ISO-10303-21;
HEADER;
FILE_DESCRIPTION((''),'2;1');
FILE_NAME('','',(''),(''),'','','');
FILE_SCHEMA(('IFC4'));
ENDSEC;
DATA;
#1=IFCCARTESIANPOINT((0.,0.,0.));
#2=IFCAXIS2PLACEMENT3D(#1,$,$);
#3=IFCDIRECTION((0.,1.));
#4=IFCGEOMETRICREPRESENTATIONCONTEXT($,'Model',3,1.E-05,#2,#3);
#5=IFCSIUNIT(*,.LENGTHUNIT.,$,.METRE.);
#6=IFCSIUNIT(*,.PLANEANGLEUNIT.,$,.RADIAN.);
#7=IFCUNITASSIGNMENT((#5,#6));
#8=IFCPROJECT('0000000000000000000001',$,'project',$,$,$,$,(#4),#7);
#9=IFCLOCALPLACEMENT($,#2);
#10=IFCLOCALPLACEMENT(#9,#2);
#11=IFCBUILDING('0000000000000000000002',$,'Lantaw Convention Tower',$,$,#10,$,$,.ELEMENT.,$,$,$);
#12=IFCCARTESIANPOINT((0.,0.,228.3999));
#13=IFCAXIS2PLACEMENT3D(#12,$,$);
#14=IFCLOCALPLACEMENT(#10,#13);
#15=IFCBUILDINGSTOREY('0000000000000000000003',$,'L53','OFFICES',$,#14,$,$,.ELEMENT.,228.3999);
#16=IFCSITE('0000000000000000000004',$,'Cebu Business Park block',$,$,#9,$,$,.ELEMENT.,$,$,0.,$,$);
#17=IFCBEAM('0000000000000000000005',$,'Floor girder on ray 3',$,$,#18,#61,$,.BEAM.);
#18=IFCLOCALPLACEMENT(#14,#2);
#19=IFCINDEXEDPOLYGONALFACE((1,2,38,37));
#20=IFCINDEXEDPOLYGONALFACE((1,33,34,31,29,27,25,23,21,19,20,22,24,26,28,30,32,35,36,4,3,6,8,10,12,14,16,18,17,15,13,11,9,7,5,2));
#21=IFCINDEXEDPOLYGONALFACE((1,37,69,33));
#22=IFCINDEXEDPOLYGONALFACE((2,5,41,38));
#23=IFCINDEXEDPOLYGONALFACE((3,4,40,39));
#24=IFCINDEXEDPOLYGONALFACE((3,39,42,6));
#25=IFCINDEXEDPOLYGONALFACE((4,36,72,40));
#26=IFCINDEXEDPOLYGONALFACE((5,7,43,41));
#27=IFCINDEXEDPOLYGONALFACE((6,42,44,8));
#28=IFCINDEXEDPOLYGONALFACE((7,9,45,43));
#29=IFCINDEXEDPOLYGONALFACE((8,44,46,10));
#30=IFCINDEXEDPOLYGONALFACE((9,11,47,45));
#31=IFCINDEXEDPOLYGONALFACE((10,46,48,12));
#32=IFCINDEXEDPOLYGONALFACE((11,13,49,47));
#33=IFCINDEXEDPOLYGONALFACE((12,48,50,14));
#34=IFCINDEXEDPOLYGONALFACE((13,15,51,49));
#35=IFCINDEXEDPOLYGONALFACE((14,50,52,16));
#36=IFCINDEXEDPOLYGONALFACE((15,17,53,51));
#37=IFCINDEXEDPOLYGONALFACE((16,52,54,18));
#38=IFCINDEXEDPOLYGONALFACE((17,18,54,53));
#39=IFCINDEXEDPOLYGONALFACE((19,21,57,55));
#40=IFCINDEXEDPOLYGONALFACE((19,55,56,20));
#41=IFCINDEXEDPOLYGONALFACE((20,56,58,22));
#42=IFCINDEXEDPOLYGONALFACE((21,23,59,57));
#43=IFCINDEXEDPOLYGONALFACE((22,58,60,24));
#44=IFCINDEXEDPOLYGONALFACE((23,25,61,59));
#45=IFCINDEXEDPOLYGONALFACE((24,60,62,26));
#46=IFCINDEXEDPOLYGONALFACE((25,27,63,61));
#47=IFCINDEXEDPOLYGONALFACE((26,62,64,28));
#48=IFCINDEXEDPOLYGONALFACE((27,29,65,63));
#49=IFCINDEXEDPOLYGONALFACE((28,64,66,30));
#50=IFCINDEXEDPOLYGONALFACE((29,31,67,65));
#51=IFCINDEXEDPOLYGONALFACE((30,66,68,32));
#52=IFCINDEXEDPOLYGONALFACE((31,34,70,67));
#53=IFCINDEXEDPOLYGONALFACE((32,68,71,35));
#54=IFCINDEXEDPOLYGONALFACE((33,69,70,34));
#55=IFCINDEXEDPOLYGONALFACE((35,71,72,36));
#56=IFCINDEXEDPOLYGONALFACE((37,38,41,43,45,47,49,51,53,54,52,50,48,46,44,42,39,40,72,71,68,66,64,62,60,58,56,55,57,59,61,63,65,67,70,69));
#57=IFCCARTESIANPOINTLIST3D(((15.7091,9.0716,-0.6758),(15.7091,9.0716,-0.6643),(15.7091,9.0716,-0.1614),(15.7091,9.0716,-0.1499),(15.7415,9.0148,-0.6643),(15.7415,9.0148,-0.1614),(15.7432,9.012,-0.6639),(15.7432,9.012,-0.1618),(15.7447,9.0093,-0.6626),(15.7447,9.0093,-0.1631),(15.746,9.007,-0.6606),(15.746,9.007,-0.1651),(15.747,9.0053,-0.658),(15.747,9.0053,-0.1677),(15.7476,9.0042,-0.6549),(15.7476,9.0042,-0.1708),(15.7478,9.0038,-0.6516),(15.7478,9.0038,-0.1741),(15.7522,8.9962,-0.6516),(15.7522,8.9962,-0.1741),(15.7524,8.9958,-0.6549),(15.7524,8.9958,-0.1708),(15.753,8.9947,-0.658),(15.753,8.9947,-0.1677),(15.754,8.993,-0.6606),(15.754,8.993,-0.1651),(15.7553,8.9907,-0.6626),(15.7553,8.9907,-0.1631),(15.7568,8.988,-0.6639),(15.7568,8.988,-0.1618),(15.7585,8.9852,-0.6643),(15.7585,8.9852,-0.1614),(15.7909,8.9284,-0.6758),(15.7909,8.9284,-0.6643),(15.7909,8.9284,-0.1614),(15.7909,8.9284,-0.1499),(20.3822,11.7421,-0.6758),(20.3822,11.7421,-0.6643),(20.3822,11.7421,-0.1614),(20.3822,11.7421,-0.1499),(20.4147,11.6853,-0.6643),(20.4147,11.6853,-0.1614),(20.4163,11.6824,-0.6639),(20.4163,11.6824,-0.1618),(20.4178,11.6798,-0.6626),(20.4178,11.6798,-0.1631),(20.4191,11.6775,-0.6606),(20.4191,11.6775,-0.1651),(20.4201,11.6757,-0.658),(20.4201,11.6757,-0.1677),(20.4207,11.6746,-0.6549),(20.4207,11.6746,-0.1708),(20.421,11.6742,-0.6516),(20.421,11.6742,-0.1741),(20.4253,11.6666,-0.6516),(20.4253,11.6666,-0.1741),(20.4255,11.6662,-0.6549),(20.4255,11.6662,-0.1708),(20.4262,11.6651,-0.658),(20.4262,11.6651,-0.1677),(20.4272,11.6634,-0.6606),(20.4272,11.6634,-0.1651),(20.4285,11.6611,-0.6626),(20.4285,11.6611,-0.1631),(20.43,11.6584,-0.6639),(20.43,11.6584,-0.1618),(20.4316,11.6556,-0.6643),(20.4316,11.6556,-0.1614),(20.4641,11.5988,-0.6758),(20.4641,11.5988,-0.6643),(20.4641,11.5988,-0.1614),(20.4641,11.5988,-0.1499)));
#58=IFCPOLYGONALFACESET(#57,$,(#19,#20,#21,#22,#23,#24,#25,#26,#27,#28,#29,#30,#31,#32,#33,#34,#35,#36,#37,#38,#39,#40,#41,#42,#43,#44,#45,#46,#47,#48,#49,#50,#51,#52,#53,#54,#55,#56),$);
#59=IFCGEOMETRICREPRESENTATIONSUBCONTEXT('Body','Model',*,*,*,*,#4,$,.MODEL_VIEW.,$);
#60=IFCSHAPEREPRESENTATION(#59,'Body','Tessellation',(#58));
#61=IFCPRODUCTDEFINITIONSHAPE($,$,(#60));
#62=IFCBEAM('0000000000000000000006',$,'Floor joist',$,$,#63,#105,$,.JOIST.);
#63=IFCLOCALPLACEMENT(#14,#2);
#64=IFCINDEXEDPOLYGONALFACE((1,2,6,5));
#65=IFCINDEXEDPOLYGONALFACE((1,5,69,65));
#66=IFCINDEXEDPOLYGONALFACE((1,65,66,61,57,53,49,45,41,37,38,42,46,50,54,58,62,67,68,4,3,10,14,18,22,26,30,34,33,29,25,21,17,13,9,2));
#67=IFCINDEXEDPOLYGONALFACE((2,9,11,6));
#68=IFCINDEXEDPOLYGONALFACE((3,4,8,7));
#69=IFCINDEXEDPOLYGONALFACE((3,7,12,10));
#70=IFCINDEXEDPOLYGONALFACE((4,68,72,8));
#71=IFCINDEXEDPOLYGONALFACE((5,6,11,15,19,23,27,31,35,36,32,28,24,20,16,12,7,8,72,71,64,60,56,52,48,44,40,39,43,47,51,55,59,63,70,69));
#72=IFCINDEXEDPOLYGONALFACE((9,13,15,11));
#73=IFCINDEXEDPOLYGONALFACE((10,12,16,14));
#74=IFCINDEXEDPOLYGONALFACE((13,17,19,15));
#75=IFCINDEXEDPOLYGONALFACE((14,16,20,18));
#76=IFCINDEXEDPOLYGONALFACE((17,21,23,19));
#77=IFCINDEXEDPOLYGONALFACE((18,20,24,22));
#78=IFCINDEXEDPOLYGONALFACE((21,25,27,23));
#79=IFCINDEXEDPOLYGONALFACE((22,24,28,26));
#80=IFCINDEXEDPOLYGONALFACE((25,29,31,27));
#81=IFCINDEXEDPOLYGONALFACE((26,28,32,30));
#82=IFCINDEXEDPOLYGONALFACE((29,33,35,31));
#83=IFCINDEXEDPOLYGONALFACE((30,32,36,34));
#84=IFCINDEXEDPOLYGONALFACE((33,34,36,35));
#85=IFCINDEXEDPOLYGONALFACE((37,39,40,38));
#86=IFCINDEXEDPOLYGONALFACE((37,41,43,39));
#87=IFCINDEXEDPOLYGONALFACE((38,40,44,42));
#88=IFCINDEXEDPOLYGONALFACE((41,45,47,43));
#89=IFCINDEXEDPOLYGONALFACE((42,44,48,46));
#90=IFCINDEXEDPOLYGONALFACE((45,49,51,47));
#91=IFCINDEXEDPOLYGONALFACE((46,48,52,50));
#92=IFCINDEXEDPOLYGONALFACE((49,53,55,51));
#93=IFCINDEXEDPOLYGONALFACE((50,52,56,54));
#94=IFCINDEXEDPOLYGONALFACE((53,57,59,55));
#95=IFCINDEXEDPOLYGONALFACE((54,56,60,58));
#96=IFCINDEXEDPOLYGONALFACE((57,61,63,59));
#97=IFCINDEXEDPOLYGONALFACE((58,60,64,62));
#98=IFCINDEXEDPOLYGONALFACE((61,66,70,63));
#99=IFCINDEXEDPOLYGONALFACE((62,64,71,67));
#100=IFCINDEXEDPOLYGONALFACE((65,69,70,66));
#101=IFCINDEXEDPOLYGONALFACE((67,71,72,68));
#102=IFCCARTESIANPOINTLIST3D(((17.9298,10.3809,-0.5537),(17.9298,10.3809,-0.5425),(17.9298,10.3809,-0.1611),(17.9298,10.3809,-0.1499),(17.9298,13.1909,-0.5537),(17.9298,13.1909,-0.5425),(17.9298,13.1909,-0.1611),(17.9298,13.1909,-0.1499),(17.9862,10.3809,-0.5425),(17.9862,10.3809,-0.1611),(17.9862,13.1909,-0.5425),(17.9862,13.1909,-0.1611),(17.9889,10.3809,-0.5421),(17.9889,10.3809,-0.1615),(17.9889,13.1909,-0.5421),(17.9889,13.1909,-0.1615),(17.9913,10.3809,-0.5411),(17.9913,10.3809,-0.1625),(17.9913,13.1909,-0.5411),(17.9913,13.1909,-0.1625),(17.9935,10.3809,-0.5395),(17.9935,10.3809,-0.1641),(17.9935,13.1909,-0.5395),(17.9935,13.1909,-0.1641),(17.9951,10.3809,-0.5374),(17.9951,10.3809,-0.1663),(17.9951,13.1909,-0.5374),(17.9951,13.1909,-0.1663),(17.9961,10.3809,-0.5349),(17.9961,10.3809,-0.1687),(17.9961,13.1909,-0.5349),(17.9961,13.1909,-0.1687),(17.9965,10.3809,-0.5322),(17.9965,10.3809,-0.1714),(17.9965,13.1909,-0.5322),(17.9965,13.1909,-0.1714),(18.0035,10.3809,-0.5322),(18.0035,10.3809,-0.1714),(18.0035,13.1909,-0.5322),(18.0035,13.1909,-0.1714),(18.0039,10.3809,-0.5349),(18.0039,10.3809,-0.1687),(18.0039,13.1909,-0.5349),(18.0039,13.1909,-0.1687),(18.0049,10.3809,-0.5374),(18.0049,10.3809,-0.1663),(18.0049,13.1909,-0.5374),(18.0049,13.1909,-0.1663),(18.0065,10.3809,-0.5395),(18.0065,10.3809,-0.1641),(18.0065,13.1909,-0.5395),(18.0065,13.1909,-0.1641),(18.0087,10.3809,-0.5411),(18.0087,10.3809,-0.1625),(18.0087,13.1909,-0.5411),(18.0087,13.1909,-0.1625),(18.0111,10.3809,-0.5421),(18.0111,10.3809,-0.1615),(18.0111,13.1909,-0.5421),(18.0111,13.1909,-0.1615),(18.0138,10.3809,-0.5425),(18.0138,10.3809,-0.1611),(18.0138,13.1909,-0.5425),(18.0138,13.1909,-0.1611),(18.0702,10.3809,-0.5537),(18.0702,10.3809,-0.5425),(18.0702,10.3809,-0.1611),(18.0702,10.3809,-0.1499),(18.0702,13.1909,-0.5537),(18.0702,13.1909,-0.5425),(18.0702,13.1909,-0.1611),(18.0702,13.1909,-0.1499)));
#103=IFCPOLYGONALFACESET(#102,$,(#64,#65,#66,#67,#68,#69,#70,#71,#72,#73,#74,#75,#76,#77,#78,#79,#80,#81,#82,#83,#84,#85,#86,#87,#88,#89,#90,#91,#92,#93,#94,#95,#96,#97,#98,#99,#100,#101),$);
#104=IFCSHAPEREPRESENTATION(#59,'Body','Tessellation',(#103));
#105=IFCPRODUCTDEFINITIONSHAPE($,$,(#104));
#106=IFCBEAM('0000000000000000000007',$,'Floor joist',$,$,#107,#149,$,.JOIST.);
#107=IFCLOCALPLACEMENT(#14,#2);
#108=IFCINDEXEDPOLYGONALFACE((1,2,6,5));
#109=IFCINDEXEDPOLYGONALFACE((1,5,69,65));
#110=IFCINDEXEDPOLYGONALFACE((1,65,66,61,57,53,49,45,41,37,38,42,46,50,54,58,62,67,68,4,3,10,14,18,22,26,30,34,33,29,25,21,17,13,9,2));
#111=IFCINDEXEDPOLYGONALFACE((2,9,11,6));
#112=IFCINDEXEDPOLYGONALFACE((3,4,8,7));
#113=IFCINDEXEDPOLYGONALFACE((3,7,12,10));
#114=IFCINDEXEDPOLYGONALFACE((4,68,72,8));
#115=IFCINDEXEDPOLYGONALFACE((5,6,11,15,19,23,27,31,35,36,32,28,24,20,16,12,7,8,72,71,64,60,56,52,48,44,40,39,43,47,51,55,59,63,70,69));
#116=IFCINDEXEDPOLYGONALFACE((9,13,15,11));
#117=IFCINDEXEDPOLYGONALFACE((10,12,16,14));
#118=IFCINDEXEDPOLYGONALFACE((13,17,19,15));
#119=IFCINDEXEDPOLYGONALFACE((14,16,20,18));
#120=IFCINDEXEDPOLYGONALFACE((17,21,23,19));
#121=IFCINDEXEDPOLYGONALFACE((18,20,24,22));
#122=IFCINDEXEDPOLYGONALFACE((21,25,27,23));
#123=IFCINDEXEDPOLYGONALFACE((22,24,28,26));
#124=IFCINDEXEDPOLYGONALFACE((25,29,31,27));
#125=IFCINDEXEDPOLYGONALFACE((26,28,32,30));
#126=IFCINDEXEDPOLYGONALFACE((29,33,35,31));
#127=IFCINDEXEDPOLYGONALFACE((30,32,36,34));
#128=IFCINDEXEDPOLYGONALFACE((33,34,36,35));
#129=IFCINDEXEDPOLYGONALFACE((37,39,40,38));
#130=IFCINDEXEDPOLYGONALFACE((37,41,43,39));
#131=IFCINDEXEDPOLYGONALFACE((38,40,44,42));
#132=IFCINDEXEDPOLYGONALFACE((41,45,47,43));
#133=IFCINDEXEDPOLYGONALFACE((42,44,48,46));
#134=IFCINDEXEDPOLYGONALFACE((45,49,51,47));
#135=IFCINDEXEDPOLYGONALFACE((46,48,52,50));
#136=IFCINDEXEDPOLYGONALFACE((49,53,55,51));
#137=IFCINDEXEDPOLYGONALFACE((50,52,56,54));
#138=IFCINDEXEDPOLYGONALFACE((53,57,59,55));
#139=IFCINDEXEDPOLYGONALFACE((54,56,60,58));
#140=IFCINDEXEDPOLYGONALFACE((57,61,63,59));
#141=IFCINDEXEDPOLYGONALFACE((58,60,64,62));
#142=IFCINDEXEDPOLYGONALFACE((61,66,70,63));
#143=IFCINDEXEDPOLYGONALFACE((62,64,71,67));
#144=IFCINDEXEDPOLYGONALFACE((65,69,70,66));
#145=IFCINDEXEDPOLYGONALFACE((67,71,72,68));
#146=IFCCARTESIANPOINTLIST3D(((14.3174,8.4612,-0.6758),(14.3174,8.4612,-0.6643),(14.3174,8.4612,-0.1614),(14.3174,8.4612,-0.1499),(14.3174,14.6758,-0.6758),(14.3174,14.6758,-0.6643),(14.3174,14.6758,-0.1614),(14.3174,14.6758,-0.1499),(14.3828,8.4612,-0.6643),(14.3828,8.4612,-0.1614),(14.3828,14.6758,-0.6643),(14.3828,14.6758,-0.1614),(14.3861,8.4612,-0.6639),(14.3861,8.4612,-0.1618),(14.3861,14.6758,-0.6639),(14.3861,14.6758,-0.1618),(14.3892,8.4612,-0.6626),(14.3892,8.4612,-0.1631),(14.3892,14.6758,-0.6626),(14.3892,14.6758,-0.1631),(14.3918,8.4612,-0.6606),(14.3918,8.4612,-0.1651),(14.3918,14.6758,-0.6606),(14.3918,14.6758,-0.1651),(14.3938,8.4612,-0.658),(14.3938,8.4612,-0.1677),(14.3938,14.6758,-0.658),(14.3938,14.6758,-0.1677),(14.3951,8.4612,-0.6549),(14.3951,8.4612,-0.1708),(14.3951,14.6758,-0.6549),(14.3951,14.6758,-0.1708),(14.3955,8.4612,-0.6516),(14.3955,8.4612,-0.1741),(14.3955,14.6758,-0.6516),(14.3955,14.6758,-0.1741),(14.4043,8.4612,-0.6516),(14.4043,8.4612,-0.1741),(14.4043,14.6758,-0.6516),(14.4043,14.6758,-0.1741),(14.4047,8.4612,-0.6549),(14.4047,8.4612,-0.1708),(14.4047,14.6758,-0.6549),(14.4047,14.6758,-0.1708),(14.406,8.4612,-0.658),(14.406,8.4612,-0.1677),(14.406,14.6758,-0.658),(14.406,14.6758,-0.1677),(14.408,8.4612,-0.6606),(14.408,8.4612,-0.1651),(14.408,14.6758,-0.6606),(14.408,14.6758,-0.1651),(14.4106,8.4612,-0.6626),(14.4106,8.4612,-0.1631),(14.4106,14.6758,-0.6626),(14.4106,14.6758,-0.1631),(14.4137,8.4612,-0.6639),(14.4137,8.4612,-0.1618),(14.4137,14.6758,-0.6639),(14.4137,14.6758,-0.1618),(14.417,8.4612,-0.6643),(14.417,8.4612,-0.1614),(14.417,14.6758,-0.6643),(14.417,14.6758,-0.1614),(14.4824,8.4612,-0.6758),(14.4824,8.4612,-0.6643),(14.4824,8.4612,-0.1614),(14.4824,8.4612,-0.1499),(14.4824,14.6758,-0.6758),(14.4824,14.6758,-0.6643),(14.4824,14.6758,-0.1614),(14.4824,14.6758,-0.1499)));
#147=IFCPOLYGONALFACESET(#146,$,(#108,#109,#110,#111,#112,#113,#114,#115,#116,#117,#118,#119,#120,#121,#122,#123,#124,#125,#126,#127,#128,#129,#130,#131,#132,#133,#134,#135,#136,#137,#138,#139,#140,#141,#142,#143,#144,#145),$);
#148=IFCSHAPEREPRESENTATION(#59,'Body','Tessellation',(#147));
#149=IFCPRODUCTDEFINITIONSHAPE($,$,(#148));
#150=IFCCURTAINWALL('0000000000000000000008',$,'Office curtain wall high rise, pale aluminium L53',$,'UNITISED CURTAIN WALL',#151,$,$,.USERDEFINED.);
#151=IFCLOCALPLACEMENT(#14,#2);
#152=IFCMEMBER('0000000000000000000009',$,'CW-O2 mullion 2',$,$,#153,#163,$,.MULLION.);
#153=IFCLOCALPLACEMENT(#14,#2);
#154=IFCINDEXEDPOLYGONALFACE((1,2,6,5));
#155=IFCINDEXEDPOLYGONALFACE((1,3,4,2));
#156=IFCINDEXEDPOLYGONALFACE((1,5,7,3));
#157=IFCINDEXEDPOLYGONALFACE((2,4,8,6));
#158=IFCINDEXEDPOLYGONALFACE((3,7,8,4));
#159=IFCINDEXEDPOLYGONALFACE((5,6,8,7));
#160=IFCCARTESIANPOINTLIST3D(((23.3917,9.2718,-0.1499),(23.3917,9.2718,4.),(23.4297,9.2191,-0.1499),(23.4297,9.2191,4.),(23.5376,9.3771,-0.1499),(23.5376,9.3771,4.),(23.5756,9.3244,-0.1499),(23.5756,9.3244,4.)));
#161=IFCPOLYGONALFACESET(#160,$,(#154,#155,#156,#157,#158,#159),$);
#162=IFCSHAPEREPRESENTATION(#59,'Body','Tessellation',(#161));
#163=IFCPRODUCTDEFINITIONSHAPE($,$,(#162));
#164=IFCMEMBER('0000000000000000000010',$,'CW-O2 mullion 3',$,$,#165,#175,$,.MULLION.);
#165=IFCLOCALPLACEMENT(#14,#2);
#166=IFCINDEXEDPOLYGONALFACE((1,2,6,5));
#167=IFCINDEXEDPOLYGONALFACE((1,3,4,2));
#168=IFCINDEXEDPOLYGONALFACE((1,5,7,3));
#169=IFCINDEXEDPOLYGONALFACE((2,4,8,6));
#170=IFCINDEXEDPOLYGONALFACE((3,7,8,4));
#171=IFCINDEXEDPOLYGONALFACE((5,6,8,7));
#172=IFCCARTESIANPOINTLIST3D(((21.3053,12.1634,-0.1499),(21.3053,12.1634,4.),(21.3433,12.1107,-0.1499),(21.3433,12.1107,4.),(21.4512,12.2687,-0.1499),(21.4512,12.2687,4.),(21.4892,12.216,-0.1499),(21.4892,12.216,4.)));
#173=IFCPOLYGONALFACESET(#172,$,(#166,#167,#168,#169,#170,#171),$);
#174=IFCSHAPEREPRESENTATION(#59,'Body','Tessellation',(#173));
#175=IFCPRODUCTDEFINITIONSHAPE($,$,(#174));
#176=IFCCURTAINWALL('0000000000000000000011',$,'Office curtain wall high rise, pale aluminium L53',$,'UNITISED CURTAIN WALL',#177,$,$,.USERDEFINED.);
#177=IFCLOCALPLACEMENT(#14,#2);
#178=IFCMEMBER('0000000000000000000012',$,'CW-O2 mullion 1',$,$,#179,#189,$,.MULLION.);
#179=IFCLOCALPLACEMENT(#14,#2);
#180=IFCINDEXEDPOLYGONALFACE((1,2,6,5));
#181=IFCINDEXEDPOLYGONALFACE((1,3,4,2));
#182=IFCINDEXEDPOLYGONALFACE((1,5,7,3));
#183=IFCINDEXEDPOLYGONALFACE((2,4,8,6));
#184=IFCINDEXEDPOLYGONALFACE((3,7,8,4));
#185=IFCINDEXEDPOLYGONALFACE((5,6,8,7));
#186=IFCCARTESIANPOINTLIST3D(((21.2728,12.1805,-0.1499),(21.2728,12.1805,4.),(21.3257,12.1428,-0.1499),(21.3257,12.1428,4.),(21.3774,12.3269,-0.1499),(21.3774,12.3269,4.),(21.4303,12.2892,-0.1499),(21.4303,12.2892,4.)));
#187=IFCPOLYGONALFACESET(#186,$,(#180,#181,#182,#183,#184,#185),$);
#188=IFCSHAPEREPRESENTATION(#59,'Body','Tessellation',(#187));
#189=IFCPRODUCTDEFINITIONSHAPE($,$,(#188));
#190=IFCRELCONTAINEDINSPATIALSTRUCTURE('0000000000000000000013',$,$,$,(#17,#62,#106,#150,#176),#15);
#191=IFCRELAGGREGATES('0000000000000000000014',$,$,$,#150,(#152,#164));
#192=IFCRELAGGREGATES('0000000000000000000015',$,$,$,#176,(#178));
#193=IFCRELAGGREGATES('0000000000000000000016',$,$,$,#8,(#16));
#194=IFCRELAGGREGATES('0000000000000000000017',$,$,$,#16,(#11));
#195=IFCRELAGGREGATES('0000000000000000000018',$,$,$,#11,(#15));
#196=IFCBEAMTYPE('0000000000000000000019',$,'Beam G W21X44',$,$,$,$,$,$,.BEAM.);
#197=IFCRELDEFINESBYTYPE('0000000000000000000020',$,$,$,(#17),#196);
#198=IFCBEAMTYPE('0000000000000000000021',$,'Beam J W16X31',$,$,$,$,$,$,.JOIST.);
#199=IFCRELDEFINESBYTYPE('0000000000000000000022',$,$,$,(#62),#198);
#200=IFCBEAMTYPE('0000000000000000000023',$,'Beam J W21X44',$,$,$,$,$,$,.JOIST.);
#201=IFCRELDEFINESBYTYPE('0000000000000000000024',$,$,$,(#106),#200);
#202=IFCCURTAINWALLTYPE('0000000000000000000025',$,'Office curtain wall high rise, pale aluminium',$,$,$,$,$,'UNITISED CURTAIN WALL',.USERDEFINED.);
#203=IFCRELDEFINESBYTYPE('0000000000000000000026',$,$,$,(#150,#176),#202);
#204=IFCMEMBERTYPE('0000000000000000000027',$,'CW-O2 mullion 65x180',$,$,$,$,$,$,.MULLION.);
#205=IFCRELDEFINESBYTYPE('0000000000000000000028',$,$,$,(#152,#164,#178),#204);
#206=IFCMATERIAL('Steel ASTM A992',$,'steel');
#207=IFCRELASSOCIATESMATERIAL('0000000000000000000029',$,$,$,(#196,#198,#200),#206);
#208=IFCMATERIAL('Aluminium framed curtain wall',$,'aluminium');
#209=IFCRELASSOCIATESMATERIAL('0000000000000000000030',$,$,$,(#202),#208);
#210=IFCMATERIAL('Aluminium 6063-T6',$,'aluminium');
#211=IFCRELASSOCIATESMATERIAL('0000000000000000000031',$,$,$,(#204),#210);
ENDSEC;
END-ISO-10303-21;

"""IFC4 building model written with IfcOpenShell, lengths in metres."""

from ifc_helpers import new_model, si_unit, direction, frame, origin, origin_2d, place, context, subcontext, project, spatial, rectangle, i_section, extrude, material, material_profile, profile_set, type_object, element, aggregate, save


model = new_model("IFC4")

# Units and contexts
model_context = context("Model", 3, precision=1e-05, world=origin(), true_north=direction((0.0, 1.0)))
body_context = subcontext(model_context, "Body", "Model", "MODEL_VIEW")
ifc_project = project(units=[si_unit("LENGTHUNIT", "METRE"), si_unit("PLANEANGLEUNIT", "RADIAN")], contexts=[model_context])

# Site, building, storey
site_placement = place(None, origin())
site = spatial("IfcSite", under=ifc_project, at=site_placement, Name="Cebu Business Park block", CompositionType="ELEMENT", RefElevation=0.0)
building_placement = place(site_placement, origin())
building = spatial("IfcBuilding", under=site, at=building_placement, Name="Lantaw Convention Tower", CompositionType="ELEMENT")
storey_placement = place(building_placement, frame((0.0, 0.0, 228.3999)))
storey = spatial("IfcBuildingStorey", under=building, at=storey_placement, Name="L53", Description="OFFICES", CompositionType="ELEMENT", Elevation=228.3999)

# Beams
ifc_material_1 = material(Name="Steel ASTM A992", Category="steel")
ifc_material_profile_1 = material_profile(ifc_material_1, i_section(OverallWidth=0.165, OverallDepth=0.5259, WebThickness=0.0088, FlangeThickness=0.0115, FilletRadius=0.0127, at=origin_2d()), Name="W21X44")
ifc_profile_set_1 = profile_set([ifc_material_profile_1], Name="Steel ASTM A992")
beam_type_1 = type_object("IfcBeamType", Name="Beam G W21X44", PredefinedType="BEAM", material=ifc_profile_set_1)
beam_1_placement = place(storey_placement, frame((15.75, 9.0, -0.4128), z_axis=(0.868238, 0.496149, 0.0), x_axis=(-0.496149, 0.868238, 0.0)))
element("IfcBeam", 1, at=beam_1_placement, inside=storey, type_object=beam_type_1, Name="Floor girder on ray 3", PredefinedType="BEAM", context=body_context, shape_type="SweptSolid", body=[
    extrude(i_section(OverallWidth=0.165, OverallDepth=0.5259, WebThickness=0.0088, FlangeThickness=0.0115, FilletRadius=0.0127, at=origin_2d()), origin(), (0.0, 0.0, 1.0), 5.3823),
])
ifc_material_profile_2 = material_profile(ifc_material_1, i_section(OverallWidth=0.1404, OverallDepth=0.4038, WebThickness=0.0071, FlangeThickness=0.0112, FilletRadius=0.0103, at=origin_2d()), Name="W16X31")
ifc_profile_set_2 = profile_set([ifc_material_profile_2], Name="Steel ASTM A992")
beam_type_2 = type_object("IfcBeamType", Name="Beam J W16X31", PredefinedType="JOIST", material=ifc_profile_set_2)
beam_2_placement = place(storey_placement, frame((18.0, 10.3809, -0.3518), z_axis=(0.0, 1.0, 0.0), x_axis=(-1.0, 0.0, 0.0)))
element("IfcBeam", 2, at=beam_2_placement, inside=storey, type_object=beam_type_2, Name="Floor joist", PredefinedType="JOIST", context=body_context, shape_type="SweptSolid", body=[
    extrude(i_section(OverallWidth=0.1404, OverallDepth=0.4038, WebThickness=0.0071, FlangeThickness=0.0112, FilletRadius=0.0103, at=origin_2d()), origin(), (0.0, 0.0, 1.0), 2.8101),
])
ifc_material_profile_3 = material_profile(ifc_material_1, i_section(OverallWidth=0.165, OverallDepth=0.5259, WebThickness=0.0088, FlangeThickness=0.0115, FilletRadius=0.0127, at=origin_2d()), Name="W21X44")
ifc_profile_set_3 = profile_set([ifc_material_profile_3], Name="Steel ASTM A992")
beam_type_3 = type_object("IfcBeamType", Name="Beam J W21X44", PredefinedType="JOIST", material=ifc_profile_set_3)
beam_3_placement = place(storey_placement, frame((14.3999, 8.4612, -0.4128), z_axis=(0.0, 1.0, 0.0), x_axis=(-1.0, 0.0, 0.0)))
element("IfcBeam", 3, at=beam_3_placement, inside=storey, type_object=beam_type_3, Name="Floor joist", PredefinedType="JOIST", context=body_context, shape_type="SweptSolid", body=[
    extrude(i_section(OverallWidth=0.165, OverallDepth=0.5259, WebThickness=0.0088, FlangeThickness=0.0115, FilletRadius=0.0127, at=origin_2d()), origin(), (0.0, 0.0, 1.0), 6.2146),
])

# Curtain walls, members
ifc_material_2 = material(Name="Aluminium framed curtain wall", Category="aluminium")
curtain_wall_type = type_object("IfcCurtainWallType", Name="Office curtain wall high rise, pale aluminium", ElementType="UNITISED CURTAIN WALL", PredefinedType="USERDEFINED", material=ifc_material_2)
curtain_wall_1_placement = place(storey_placement, origin())
curtain_wall_1 = element("IfcCurtainWall", 4, at=curtain_wall_1_placement, inside=storey, type_object=curtain_wall_type, Name="Office curtain wall high rise, pale aluminium L53", ObjectType="UNITISED CURTAIN WALL", PredefinedType="USERDEFINED")
ifc_material_3 = material(Name="Aluminium 6063-T6", Category="aluminium")
ifc_material_profile_4 = material_profile(ifc_material_3, rectangle(XDim=0.1799, YDim=0.0649, at=origin_2d()), Name="CW-O2 mullion 65x180")
ifc_profile_set_4 = profile_set([ifc_material_profile_4], Name="Aluminium 6063-T6")
member_type_1 = type_object("IfcMemberType", Name="CW-O2 mullion 65x180", PredefinedType="MULLION", material=ifc_profile_set_4)
member_1_placement = place(storey_placement, frame((23.4836, 9.2981, -0.1499), z_axis=(0.0, 0.0, 1.0), x_axis=(-0.81092, -0.585158, 0.0)))
member_1 = element("IfcMember", 5, at=member_1_placement, type_object=member_type_1, Name="CW-O2 mullion 2", PredefinedType="MULLION", context=body_context, shape_type="SweptSolid", body=[
    extrude(rectangle(XDim=0.1799, YDim=0.0649, at=origin_2d()), origin(), (0.0, 0.0, 1.0), 4.1499),
])
member_2_placement = place(storey_placement, frame((21.3972, 12.1897, -0.1499), z_axis=(0.0, 0.0, 1.0), x_axis=(-0.81092, -0.585158, 0.0)))
member_2 = element("IfcMember", 6, at=member_2_placement, type_object=member_type_1, Name="CW-O2 mullion 3", PredefinedType="MULLION", context=body_context, shape_type="SweptSolid", body=[
    extrude(rectangle(XDim=0.1799, YDim=0.0649, at=origin_2d()), origin(), (0.0, 0.0, 1.0), 4.1499),
])
curtain_wall_2_placement = place(storey_placement, origin())
curtain_wall_2 = element("IfcCurtainWall", 7, at=curtain_wall_2_placement, inside=storey, type_object=curtain_wall_type, Name="Office curtain wall high rise, pale aluminium L53", ObjectType="UNITISED CURTAIN WALL", PredefinedType="USERDEFINED")
member_3_placement = place(storey_placement, frame((21.3516, 12.2349, -0.1499), z_axis=(0.0, 0.0, 1.0), x_axis=(-0.581323, -0.813673, 0.0)))
member_3 = element("IfcMember", 8, at=member_3_placement, type_object=member_type_1, Name="CW-O2 mullion 1", PredefinedType="MULLION", context=body_context, shape_type="SweptSolid", body=[
    extrude(rectangle(XDim=0.1799, YDim=0.0649, at=origin_2d()), origin(), (0.0, 0.0, 1.0), 4.1499),
])

aggregate(curtain_wall_1, [member_1, member_2])
aggregate(curtain_wall_2, [member_3])

save(model, "model.ifc")
